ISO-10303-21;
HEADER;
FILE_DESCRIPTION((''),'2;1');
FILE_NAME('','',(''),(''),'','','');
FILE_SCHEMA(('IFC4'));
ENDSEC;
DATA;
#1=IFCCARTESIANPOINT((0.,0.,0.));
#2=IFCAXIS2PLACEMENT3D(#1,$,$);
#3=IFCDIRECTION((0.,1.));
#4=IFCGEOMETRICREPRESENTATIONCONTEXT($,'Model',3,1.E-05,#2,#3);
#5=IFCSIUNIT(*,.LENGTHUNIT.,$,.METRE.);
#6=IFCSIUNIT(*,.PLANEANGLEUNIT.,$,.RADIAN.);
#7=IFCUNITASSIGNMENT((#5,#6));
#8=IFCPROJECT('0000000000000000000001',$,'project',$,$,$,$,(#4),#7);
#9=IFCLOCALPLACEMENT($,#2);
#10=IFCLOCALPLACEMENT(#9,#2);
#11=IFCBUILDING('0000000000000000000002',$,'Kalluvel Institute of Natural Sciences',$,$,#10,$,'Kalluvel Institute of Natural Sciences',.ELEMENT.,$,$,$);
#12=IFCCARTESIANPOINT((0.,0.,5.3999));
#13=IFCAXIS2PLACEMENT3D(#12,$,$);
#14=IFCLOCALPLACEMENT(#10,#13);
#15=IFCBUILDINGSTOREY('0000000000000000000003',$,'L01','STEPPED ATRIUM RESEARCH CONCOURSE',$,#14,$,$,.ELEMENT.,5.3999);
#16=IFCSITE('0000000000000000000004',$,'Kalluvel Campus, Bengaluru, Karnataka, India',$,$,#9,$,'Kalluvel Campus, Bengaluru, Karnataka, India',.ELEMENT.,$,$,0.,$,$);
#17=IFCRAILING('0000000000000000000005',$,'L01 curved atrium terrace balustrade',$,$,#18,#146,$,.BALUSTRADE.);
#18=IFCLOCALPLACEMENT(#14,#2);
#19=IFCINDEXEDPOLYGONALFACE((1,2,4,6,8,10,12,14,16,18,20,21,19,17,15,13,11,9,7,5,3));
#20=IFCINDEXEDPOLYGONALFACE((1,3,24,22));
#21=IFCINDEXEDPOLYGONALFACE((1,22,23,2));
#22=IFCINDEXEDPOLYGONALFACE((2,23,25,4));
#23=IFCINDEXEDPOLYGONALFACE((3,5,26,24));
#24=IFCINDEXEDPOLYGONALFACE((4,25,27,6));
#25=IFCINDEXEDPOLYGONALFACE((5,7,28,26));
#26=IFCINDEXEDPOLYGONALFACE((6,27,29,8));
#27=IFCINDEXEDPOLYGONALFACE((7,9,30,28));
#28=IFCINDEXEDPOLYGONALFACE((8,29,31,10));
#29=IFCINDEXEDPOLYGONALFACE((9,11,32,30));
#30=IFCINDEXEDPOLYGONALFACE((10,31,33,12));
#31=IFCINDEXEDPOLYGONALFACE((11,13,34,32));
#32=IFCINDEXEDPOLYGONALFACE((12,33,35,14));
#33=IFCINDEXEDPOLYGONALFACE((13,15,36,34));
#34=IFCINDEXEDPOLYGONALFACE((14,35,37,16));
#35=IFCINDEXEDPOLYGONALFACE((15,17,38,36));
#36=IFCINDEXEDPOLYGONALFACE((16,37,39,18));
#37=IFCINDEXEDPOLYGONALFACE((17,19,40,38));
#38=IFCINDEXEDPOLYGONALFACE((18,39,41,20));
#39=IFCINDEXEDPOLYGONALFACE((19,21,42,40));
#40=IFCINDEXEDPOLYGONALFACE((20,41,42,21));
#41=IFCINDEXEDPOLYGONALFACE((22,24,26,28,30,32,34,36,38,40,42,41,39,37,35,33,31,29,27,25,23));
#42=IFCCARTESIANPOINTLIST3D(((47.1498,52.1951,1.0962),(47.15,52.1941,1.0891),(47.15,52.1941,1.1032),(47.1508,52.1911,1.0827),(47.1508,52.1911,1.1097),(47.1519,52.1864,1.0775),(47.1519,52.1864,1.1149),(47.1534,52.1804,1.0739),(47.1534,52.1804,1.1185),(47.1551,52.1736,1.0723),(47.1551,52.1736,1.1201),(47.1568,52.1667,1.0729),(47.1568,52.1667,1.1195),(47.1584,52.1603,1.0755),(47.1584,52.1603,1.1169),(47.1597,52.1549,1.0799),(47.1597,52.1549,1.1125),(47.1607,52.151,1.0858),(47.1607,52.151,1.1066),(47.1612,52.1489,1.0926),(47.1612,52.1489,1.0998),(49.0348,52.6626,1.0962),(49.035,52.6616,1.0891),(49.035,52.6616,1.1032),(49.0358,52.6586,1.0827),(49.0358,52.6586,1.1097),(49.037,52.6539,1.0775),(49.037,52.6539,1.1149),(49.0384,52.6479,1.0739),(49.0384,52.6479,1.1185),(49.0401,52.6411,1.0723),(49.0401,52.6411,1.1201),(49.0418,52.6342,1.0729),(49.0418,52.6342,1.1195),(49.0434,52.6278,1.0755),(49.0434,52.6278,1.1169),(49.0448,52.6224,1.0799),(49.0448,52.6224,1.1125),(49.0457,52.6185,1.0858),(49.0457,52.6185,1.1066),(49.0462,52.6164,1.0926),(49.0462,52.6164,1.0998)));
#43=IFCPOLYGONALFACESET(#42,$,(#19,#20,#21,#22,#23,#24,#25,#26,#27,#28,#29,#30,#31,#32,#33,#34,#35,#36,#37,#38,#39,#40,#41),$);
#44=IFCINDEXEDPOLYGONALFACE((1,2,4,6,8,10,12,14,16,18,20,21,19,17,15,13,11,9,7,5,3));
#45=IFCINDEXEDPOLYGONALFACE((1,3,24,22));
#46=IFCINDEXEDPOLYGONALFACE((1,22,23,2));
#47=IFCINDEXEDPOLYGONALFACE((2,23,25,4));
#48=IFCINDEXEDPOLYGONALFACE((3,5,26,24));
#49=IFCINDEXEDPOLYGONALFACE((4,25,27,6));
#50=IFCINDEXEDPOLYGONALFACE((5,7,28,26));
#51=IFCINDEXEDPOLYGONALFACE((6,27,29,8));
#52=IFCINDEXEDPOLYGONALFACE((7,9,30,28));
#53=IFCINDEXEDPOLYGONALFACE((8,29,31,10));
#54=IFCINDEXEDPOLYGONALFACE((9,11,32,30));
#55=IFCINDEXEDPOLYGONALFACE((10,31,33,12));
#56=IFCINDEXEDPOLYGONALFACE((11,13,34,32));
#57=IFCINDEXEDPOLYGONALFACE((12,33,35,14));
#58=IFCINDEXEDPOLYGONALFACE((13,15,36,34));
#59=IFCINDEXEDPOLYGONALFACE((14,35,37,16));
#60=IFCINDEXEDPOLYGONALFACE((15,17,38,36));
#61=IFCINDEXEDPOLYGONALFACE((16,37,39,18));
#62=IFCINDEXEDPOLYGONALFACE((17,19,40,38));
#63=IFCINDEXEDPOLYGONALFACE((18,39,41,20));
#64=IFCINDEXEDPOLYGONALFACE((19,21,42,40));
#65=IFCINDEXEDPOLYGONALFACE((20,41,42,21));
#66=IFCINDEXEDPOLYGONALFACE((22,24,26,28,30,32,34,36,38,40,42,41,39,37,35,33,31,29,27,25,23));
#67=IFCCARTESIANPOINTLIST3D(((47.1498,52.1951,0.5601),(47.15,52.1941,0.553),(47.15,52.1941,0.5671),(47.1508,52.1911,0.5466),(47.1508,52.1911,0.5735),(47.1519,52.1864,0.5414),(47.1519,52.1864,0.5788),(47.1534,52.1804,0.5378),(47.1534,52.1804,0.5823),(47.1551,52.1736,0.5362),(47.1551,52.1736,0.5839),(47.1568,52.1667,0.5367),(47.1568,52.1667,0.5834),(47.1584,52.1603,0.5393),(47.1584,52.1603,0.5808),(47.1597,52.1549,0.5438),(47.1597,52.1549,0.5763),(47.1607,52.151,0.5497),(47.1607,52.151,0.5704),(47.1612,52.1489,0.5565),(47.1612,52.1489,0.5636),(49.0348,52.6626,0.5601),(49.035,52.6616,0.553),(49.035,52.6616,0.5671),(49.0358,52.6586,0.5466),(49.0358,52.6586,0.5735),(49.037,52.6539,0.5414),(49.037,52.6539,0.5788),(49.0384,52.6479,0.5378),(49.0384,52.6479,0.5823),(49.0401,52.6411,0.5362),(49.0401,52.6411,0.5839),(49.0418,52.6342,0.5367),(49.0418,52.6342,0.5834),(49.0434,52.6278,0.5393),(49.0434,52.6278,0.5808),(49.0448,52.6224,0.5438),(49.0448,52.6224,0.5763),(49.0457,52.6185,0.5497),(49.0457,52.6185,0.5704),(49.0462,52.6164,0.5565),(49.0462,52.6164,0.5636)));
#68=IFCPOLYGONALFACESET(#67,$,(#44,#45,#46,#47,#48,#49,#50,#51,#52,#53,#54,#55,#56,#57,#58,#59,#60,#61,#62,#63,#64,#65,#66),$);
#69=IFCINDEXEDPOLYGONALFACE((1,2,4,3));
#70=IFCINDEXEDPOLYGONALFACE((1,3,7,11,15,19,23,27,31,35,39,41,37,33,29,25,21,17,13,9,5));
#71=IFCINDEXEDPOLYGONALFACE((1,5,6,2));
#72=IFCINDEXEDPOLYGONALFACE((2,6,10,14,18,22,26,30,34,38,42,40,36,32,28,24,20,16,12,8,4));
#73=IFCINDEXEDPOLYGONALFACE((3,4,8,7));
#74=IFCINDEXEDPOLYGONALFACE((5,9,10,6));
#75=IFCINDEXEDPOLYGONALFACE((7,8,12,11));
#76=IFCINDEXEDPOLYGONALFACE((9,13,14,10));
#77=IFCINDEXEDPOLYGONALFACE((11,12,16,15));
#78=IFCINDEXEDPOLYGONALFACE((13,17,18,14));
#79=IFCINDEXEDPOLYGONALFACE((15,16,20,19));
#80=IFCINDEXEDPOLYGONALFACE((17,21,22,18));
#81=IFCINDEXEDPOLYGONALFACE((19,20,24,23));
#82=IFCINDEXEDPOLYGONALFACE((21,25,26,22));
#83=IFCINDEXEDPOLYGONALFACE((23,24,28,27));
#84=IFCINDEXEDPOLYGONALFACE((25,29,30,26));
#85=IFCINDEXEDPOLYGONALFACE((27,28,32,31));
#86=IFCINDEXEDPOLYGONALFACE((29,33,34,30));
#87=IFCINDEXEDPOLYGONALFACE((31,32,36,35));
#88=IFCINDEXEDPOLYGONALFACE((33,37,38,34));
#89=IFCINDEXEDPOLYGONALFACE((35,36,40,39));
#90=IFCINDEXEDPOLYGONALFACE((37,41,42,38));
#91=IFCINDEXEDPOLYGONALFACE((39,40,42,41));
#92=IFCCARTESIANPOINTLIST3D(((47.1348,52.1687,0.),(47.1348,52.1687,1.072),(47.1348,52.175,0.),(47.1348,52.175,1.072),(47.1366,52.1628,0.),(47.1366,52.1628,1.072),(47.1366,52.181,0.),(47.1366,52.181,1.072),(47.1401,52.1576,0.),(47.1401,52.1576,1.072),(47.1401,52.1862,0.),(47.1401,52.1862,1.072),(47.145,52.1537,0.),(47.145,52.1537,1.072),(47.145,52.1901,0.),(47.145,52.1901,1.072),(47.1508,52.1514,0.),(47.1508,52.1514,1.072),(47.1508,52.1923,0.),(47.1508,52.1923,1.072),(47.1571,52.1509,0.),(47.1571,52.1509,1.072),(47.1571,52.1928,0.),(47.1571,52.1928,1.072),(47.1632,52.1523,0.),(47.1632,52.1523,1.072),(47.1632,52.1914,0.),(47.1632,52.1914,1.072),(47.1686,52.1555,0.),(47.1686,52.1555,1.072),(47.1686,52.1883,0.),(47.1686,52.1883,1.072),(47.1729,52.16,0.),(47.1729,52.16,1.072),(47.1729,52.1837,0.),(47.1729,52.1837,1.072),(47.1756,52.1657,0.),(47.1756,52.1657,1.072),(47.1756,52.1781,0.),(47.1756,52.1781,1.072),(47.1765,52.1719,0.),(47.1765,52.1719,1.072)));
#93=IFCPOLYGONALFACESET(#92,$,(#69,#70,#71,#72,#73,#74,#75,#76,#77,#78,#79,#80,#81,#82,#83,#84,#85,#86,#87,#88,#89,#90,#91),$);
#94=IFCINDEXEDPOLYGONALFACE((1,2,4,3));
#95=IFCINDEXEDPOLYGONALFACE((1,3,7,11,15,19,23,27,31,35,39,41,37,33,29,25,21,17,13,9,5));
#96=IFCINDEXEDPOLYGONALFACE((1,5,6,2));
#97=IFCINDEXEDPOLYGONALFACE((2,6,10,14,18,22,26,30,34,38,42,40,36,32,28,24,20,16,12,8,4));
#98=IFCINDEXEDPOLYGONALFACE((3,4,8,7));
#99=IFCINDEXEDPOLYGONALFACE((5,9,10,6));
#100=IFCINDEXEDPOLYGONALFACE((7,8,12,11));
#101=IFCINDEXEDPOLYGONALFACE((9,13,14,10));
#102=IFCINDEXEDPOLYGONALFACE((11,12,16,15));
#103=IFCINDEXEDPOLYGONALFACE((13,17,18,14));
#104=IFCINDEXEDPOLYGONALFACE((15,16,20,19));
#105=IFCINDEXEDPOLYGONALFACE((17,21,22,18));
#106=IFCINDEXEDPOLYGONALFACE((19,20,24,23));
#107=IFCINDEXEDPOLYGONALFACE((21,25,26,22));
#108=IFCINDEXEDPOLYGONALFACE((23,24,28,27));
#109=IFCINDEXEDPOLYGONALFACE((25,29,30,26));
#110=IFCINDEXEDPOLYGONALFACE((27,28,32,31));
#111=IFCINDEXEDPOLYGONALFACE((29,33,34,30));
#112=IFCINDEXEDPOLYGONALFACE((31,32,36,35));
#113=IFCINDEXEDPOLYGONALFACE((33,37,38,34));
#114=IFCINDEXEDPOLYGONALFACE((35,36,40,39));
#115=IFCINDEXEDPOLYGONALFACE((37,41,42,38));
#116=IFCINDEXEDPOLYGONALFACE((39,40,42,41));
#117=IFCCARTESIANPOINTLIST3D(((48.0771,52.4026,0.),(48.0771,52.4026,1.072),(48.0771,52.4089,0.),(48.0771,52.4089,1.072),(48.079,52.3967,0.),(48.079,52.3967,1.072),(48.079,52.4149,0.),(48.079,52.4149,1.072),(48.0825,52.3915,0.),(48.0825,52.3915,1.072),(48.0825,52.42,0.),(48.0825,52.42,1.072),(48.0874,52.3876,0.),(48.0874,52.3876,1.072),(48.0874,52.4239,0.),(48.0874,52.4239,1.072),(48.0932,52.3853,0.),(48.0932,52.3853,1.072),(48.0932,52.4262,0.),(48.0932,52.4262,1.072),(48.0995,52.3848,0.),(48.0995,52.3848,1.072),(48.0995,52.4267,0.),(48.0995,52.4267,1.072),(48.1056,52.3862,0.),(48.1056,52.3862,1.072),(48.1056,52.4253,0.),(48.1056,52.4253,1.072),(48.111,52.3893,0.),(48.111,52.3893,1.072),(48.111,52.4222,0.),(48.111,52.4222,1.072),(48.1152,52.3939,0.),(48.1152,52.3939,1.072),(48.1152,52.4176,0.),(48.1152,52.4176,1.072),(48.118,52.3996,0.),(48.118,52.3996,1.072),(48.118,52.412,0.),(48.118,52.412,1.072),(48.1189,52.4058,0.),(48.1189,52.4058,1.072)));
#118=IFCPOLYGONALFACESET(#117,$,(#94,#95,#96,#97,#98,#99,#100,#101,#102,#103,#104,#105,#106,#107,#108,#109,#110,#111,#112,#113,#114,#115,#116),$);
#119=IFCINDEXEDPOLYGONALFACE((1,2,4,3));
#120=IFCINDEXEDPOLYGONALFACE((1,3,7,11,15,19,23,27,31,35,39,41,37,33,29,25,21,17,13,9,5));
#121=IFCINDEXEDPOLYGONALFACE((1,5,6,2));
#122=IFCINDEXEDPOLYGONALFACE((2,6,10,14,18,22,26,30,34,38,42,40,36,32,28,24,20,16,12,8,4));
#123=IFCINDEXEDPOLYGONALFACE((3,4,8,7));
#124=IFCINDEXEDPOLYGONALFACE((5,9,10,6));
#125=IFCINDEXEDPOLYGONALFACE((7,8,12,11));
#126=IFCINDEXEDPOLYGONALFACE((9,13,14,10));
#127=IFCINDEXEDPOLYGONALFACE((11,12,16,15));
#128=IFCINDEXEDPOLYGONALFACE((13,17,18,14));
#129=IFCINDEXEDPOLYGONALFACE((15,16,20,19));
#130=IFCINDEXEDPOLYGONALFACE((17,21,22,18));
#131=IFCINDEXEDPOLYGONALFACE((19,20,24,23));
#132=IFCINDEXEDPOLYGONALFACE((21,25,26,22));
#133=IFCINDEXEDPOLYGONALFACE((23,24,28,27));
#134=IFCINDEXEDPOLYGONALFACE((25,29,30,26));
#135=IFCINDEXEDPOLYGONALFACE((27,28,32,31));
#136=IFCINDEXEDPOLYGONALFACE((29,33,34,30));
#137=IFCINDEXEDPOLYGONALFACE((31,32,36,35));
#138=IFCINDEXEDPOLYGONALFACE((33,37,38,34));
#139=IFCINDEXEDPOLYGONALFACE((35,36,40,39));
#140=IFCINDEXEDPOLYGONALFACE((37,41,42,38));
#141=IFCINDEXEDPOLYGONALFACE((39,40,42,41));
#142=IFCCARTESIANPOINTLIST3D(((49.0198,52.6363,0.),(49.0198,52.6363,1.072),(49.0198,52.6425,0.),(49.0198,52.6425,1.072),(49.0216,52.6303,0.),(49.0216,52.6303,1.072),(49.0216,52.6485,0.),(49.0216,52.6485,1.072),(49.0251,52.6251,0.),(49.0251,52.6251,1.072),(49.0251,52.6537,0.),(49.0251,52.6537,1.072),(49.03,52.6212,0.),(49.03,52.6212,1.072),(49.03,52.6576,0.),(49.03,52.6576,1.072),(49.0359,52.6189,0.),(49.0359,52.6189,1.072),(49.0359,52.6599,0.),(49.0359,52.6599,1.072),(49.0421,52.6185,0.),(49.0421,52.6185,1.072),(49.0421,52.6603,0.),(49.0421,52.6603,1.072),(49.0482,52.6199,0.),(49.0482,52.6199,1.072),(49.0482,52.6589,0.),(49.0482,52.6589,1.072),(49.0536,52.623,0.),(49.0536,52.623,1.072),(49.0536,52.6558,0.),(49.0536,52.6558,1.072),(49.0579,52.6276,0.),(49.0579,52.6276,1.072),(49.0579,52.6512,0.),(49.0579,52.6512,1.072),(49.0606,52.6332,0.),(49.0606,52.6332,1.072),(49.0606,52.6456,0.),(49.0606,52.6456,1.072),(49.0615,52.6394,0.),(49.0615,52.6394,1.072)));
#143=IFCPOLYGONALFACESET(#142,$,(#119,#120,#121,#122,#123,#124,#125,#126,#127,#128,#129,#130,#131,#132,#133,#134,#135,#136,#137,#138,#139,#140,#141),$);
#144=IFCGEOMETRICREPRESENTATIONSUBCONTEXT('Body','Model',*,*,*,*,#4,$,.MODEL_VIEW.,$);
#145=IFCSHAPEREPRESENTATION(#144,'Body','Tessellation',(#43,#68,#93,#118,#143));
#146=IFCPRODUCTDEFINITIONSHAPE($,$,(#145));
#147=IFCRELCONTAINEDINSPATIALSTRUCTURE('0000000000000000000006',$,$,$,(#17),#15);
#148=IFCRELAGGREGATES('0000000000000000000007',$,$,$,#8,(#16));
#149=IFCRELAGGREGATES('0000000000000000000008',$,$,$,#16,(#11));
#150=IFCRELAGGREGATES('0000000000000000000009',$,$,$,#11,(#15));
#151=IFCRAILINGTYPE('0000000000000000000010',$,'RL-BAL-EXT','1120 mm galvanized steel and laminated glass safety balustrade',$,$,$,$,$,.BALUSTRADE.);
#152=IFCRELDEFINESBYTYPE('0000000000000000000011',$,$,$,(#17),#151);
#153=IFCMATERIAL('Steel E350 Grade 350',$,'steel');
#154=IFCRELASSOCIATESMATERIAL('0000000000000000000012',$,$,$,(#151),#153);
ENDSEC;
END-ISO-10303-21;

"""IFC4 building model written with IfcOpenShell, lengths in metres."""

from ifc_helpers import new_model, si_unit, direction, frame, origin, origin_2d, place, context, subcontext, project, spatial, circle, extrude, material, type_object, element, save


model = new_model("IFC4")

# Units and contexts
model_context = context("Model", 3, precision=1e-05, world=origin(), true_north=direction((0.0, 1.0)))
body_context = subcontext(model_context, "Body", "Model", "MODEL_VIEW")
ifc_project = project(units=[si_unit("LENGTHUNIT", "METRE"), si_unit("PLANEANGLEUNIT", "RADIAN")], contexts=[model_context])

# Site, building, storey
site_placement = place(None, origin())
site = spatial("IfcSite", under=ifc_project, at=site_placement, Name="Kalluvel Campus, Bengaluru, Karnataka, India", LongName="Kalluvel Campus, Bengaluru, Karnataka, India", CompositionType="ELEMENT", RefElevation=0.0)
building_placement = place(site_placement, origin())
building = spatial("IfcBuilding", under=site, at=building_placement, Name="Kalluvel Institute of Natural Sciences", LongName="Kalluvel Institute of Natural Sciences", CompositionType="ELEMENT")
storey_placement = place(building_placement, frame((0.0, 0.0, 5.3999)))
storey = spatial("IfcBuildingStorey", under=building, at=storey_placement, Name="L01", Description="STEPPED ATRIUM RESEARCH CONCOURSE", CompositionType="ELEMENT", Elevation=5.3999)

# Railing
ifc_material_1 = material(Name="Steel E350 Grade 350", Category="steel")
railing_type = type_object("IfcRailingType", Name="RL-BAL-EXT", Description="1120 mm galvanized steel and laminated glass safety balustrade", PredefinedType="BALUSTRADE", material=ifc_material_1)
railing_1_placement = place(storey_placement, frame((47.1555, 52.1719, 0.0)))
element("IfcRailing", 1, at=railing_1_placement, inside=storey, type_object=railing_type, Name="L01 curved atrium terrace balustrade", PredefinedType="BALUSTRADE", context=body_context, shape_type="SweptSolid", body=[
    extrude(circle(Radius=0.0239, at=origin_2d()), frame((0.0, 0.0, 1.0962), z_axis=(0.970592, 0.240731, 0.0), x_axis=(-0.240731, 0.970592, 0.0)), (0.0, 0.0, 1.0), 1.9421),
    extrude(circle(Radius=0.0239, at=origin_2d()), frame((0.0, 0.0, 0.5601), z_axis=(0.970592, 0.240731, 0.0), x_axis=(-0.240731, 0.970592, 0.0)), (0.0, 0.0, 1.0), 1.9421),
    extrude(circle(Radius=0.021, at=origin_2d()), origin(), (0.0, 0.0, 1.0), 1.072),
    extrude(circle(Radius=0.021, at=origin_2d()), frame((0.9424, 0.2339, 0.0)), (0.0, 0.0, 1.0), 1.072),
    extrude(circle(Radius=0.021, at=origin_2d()), frame((1.885, 0.4675, 0.0)), (0.0, 0.0, 1.0), 1.072),
])

save(model, "model.ifc")
